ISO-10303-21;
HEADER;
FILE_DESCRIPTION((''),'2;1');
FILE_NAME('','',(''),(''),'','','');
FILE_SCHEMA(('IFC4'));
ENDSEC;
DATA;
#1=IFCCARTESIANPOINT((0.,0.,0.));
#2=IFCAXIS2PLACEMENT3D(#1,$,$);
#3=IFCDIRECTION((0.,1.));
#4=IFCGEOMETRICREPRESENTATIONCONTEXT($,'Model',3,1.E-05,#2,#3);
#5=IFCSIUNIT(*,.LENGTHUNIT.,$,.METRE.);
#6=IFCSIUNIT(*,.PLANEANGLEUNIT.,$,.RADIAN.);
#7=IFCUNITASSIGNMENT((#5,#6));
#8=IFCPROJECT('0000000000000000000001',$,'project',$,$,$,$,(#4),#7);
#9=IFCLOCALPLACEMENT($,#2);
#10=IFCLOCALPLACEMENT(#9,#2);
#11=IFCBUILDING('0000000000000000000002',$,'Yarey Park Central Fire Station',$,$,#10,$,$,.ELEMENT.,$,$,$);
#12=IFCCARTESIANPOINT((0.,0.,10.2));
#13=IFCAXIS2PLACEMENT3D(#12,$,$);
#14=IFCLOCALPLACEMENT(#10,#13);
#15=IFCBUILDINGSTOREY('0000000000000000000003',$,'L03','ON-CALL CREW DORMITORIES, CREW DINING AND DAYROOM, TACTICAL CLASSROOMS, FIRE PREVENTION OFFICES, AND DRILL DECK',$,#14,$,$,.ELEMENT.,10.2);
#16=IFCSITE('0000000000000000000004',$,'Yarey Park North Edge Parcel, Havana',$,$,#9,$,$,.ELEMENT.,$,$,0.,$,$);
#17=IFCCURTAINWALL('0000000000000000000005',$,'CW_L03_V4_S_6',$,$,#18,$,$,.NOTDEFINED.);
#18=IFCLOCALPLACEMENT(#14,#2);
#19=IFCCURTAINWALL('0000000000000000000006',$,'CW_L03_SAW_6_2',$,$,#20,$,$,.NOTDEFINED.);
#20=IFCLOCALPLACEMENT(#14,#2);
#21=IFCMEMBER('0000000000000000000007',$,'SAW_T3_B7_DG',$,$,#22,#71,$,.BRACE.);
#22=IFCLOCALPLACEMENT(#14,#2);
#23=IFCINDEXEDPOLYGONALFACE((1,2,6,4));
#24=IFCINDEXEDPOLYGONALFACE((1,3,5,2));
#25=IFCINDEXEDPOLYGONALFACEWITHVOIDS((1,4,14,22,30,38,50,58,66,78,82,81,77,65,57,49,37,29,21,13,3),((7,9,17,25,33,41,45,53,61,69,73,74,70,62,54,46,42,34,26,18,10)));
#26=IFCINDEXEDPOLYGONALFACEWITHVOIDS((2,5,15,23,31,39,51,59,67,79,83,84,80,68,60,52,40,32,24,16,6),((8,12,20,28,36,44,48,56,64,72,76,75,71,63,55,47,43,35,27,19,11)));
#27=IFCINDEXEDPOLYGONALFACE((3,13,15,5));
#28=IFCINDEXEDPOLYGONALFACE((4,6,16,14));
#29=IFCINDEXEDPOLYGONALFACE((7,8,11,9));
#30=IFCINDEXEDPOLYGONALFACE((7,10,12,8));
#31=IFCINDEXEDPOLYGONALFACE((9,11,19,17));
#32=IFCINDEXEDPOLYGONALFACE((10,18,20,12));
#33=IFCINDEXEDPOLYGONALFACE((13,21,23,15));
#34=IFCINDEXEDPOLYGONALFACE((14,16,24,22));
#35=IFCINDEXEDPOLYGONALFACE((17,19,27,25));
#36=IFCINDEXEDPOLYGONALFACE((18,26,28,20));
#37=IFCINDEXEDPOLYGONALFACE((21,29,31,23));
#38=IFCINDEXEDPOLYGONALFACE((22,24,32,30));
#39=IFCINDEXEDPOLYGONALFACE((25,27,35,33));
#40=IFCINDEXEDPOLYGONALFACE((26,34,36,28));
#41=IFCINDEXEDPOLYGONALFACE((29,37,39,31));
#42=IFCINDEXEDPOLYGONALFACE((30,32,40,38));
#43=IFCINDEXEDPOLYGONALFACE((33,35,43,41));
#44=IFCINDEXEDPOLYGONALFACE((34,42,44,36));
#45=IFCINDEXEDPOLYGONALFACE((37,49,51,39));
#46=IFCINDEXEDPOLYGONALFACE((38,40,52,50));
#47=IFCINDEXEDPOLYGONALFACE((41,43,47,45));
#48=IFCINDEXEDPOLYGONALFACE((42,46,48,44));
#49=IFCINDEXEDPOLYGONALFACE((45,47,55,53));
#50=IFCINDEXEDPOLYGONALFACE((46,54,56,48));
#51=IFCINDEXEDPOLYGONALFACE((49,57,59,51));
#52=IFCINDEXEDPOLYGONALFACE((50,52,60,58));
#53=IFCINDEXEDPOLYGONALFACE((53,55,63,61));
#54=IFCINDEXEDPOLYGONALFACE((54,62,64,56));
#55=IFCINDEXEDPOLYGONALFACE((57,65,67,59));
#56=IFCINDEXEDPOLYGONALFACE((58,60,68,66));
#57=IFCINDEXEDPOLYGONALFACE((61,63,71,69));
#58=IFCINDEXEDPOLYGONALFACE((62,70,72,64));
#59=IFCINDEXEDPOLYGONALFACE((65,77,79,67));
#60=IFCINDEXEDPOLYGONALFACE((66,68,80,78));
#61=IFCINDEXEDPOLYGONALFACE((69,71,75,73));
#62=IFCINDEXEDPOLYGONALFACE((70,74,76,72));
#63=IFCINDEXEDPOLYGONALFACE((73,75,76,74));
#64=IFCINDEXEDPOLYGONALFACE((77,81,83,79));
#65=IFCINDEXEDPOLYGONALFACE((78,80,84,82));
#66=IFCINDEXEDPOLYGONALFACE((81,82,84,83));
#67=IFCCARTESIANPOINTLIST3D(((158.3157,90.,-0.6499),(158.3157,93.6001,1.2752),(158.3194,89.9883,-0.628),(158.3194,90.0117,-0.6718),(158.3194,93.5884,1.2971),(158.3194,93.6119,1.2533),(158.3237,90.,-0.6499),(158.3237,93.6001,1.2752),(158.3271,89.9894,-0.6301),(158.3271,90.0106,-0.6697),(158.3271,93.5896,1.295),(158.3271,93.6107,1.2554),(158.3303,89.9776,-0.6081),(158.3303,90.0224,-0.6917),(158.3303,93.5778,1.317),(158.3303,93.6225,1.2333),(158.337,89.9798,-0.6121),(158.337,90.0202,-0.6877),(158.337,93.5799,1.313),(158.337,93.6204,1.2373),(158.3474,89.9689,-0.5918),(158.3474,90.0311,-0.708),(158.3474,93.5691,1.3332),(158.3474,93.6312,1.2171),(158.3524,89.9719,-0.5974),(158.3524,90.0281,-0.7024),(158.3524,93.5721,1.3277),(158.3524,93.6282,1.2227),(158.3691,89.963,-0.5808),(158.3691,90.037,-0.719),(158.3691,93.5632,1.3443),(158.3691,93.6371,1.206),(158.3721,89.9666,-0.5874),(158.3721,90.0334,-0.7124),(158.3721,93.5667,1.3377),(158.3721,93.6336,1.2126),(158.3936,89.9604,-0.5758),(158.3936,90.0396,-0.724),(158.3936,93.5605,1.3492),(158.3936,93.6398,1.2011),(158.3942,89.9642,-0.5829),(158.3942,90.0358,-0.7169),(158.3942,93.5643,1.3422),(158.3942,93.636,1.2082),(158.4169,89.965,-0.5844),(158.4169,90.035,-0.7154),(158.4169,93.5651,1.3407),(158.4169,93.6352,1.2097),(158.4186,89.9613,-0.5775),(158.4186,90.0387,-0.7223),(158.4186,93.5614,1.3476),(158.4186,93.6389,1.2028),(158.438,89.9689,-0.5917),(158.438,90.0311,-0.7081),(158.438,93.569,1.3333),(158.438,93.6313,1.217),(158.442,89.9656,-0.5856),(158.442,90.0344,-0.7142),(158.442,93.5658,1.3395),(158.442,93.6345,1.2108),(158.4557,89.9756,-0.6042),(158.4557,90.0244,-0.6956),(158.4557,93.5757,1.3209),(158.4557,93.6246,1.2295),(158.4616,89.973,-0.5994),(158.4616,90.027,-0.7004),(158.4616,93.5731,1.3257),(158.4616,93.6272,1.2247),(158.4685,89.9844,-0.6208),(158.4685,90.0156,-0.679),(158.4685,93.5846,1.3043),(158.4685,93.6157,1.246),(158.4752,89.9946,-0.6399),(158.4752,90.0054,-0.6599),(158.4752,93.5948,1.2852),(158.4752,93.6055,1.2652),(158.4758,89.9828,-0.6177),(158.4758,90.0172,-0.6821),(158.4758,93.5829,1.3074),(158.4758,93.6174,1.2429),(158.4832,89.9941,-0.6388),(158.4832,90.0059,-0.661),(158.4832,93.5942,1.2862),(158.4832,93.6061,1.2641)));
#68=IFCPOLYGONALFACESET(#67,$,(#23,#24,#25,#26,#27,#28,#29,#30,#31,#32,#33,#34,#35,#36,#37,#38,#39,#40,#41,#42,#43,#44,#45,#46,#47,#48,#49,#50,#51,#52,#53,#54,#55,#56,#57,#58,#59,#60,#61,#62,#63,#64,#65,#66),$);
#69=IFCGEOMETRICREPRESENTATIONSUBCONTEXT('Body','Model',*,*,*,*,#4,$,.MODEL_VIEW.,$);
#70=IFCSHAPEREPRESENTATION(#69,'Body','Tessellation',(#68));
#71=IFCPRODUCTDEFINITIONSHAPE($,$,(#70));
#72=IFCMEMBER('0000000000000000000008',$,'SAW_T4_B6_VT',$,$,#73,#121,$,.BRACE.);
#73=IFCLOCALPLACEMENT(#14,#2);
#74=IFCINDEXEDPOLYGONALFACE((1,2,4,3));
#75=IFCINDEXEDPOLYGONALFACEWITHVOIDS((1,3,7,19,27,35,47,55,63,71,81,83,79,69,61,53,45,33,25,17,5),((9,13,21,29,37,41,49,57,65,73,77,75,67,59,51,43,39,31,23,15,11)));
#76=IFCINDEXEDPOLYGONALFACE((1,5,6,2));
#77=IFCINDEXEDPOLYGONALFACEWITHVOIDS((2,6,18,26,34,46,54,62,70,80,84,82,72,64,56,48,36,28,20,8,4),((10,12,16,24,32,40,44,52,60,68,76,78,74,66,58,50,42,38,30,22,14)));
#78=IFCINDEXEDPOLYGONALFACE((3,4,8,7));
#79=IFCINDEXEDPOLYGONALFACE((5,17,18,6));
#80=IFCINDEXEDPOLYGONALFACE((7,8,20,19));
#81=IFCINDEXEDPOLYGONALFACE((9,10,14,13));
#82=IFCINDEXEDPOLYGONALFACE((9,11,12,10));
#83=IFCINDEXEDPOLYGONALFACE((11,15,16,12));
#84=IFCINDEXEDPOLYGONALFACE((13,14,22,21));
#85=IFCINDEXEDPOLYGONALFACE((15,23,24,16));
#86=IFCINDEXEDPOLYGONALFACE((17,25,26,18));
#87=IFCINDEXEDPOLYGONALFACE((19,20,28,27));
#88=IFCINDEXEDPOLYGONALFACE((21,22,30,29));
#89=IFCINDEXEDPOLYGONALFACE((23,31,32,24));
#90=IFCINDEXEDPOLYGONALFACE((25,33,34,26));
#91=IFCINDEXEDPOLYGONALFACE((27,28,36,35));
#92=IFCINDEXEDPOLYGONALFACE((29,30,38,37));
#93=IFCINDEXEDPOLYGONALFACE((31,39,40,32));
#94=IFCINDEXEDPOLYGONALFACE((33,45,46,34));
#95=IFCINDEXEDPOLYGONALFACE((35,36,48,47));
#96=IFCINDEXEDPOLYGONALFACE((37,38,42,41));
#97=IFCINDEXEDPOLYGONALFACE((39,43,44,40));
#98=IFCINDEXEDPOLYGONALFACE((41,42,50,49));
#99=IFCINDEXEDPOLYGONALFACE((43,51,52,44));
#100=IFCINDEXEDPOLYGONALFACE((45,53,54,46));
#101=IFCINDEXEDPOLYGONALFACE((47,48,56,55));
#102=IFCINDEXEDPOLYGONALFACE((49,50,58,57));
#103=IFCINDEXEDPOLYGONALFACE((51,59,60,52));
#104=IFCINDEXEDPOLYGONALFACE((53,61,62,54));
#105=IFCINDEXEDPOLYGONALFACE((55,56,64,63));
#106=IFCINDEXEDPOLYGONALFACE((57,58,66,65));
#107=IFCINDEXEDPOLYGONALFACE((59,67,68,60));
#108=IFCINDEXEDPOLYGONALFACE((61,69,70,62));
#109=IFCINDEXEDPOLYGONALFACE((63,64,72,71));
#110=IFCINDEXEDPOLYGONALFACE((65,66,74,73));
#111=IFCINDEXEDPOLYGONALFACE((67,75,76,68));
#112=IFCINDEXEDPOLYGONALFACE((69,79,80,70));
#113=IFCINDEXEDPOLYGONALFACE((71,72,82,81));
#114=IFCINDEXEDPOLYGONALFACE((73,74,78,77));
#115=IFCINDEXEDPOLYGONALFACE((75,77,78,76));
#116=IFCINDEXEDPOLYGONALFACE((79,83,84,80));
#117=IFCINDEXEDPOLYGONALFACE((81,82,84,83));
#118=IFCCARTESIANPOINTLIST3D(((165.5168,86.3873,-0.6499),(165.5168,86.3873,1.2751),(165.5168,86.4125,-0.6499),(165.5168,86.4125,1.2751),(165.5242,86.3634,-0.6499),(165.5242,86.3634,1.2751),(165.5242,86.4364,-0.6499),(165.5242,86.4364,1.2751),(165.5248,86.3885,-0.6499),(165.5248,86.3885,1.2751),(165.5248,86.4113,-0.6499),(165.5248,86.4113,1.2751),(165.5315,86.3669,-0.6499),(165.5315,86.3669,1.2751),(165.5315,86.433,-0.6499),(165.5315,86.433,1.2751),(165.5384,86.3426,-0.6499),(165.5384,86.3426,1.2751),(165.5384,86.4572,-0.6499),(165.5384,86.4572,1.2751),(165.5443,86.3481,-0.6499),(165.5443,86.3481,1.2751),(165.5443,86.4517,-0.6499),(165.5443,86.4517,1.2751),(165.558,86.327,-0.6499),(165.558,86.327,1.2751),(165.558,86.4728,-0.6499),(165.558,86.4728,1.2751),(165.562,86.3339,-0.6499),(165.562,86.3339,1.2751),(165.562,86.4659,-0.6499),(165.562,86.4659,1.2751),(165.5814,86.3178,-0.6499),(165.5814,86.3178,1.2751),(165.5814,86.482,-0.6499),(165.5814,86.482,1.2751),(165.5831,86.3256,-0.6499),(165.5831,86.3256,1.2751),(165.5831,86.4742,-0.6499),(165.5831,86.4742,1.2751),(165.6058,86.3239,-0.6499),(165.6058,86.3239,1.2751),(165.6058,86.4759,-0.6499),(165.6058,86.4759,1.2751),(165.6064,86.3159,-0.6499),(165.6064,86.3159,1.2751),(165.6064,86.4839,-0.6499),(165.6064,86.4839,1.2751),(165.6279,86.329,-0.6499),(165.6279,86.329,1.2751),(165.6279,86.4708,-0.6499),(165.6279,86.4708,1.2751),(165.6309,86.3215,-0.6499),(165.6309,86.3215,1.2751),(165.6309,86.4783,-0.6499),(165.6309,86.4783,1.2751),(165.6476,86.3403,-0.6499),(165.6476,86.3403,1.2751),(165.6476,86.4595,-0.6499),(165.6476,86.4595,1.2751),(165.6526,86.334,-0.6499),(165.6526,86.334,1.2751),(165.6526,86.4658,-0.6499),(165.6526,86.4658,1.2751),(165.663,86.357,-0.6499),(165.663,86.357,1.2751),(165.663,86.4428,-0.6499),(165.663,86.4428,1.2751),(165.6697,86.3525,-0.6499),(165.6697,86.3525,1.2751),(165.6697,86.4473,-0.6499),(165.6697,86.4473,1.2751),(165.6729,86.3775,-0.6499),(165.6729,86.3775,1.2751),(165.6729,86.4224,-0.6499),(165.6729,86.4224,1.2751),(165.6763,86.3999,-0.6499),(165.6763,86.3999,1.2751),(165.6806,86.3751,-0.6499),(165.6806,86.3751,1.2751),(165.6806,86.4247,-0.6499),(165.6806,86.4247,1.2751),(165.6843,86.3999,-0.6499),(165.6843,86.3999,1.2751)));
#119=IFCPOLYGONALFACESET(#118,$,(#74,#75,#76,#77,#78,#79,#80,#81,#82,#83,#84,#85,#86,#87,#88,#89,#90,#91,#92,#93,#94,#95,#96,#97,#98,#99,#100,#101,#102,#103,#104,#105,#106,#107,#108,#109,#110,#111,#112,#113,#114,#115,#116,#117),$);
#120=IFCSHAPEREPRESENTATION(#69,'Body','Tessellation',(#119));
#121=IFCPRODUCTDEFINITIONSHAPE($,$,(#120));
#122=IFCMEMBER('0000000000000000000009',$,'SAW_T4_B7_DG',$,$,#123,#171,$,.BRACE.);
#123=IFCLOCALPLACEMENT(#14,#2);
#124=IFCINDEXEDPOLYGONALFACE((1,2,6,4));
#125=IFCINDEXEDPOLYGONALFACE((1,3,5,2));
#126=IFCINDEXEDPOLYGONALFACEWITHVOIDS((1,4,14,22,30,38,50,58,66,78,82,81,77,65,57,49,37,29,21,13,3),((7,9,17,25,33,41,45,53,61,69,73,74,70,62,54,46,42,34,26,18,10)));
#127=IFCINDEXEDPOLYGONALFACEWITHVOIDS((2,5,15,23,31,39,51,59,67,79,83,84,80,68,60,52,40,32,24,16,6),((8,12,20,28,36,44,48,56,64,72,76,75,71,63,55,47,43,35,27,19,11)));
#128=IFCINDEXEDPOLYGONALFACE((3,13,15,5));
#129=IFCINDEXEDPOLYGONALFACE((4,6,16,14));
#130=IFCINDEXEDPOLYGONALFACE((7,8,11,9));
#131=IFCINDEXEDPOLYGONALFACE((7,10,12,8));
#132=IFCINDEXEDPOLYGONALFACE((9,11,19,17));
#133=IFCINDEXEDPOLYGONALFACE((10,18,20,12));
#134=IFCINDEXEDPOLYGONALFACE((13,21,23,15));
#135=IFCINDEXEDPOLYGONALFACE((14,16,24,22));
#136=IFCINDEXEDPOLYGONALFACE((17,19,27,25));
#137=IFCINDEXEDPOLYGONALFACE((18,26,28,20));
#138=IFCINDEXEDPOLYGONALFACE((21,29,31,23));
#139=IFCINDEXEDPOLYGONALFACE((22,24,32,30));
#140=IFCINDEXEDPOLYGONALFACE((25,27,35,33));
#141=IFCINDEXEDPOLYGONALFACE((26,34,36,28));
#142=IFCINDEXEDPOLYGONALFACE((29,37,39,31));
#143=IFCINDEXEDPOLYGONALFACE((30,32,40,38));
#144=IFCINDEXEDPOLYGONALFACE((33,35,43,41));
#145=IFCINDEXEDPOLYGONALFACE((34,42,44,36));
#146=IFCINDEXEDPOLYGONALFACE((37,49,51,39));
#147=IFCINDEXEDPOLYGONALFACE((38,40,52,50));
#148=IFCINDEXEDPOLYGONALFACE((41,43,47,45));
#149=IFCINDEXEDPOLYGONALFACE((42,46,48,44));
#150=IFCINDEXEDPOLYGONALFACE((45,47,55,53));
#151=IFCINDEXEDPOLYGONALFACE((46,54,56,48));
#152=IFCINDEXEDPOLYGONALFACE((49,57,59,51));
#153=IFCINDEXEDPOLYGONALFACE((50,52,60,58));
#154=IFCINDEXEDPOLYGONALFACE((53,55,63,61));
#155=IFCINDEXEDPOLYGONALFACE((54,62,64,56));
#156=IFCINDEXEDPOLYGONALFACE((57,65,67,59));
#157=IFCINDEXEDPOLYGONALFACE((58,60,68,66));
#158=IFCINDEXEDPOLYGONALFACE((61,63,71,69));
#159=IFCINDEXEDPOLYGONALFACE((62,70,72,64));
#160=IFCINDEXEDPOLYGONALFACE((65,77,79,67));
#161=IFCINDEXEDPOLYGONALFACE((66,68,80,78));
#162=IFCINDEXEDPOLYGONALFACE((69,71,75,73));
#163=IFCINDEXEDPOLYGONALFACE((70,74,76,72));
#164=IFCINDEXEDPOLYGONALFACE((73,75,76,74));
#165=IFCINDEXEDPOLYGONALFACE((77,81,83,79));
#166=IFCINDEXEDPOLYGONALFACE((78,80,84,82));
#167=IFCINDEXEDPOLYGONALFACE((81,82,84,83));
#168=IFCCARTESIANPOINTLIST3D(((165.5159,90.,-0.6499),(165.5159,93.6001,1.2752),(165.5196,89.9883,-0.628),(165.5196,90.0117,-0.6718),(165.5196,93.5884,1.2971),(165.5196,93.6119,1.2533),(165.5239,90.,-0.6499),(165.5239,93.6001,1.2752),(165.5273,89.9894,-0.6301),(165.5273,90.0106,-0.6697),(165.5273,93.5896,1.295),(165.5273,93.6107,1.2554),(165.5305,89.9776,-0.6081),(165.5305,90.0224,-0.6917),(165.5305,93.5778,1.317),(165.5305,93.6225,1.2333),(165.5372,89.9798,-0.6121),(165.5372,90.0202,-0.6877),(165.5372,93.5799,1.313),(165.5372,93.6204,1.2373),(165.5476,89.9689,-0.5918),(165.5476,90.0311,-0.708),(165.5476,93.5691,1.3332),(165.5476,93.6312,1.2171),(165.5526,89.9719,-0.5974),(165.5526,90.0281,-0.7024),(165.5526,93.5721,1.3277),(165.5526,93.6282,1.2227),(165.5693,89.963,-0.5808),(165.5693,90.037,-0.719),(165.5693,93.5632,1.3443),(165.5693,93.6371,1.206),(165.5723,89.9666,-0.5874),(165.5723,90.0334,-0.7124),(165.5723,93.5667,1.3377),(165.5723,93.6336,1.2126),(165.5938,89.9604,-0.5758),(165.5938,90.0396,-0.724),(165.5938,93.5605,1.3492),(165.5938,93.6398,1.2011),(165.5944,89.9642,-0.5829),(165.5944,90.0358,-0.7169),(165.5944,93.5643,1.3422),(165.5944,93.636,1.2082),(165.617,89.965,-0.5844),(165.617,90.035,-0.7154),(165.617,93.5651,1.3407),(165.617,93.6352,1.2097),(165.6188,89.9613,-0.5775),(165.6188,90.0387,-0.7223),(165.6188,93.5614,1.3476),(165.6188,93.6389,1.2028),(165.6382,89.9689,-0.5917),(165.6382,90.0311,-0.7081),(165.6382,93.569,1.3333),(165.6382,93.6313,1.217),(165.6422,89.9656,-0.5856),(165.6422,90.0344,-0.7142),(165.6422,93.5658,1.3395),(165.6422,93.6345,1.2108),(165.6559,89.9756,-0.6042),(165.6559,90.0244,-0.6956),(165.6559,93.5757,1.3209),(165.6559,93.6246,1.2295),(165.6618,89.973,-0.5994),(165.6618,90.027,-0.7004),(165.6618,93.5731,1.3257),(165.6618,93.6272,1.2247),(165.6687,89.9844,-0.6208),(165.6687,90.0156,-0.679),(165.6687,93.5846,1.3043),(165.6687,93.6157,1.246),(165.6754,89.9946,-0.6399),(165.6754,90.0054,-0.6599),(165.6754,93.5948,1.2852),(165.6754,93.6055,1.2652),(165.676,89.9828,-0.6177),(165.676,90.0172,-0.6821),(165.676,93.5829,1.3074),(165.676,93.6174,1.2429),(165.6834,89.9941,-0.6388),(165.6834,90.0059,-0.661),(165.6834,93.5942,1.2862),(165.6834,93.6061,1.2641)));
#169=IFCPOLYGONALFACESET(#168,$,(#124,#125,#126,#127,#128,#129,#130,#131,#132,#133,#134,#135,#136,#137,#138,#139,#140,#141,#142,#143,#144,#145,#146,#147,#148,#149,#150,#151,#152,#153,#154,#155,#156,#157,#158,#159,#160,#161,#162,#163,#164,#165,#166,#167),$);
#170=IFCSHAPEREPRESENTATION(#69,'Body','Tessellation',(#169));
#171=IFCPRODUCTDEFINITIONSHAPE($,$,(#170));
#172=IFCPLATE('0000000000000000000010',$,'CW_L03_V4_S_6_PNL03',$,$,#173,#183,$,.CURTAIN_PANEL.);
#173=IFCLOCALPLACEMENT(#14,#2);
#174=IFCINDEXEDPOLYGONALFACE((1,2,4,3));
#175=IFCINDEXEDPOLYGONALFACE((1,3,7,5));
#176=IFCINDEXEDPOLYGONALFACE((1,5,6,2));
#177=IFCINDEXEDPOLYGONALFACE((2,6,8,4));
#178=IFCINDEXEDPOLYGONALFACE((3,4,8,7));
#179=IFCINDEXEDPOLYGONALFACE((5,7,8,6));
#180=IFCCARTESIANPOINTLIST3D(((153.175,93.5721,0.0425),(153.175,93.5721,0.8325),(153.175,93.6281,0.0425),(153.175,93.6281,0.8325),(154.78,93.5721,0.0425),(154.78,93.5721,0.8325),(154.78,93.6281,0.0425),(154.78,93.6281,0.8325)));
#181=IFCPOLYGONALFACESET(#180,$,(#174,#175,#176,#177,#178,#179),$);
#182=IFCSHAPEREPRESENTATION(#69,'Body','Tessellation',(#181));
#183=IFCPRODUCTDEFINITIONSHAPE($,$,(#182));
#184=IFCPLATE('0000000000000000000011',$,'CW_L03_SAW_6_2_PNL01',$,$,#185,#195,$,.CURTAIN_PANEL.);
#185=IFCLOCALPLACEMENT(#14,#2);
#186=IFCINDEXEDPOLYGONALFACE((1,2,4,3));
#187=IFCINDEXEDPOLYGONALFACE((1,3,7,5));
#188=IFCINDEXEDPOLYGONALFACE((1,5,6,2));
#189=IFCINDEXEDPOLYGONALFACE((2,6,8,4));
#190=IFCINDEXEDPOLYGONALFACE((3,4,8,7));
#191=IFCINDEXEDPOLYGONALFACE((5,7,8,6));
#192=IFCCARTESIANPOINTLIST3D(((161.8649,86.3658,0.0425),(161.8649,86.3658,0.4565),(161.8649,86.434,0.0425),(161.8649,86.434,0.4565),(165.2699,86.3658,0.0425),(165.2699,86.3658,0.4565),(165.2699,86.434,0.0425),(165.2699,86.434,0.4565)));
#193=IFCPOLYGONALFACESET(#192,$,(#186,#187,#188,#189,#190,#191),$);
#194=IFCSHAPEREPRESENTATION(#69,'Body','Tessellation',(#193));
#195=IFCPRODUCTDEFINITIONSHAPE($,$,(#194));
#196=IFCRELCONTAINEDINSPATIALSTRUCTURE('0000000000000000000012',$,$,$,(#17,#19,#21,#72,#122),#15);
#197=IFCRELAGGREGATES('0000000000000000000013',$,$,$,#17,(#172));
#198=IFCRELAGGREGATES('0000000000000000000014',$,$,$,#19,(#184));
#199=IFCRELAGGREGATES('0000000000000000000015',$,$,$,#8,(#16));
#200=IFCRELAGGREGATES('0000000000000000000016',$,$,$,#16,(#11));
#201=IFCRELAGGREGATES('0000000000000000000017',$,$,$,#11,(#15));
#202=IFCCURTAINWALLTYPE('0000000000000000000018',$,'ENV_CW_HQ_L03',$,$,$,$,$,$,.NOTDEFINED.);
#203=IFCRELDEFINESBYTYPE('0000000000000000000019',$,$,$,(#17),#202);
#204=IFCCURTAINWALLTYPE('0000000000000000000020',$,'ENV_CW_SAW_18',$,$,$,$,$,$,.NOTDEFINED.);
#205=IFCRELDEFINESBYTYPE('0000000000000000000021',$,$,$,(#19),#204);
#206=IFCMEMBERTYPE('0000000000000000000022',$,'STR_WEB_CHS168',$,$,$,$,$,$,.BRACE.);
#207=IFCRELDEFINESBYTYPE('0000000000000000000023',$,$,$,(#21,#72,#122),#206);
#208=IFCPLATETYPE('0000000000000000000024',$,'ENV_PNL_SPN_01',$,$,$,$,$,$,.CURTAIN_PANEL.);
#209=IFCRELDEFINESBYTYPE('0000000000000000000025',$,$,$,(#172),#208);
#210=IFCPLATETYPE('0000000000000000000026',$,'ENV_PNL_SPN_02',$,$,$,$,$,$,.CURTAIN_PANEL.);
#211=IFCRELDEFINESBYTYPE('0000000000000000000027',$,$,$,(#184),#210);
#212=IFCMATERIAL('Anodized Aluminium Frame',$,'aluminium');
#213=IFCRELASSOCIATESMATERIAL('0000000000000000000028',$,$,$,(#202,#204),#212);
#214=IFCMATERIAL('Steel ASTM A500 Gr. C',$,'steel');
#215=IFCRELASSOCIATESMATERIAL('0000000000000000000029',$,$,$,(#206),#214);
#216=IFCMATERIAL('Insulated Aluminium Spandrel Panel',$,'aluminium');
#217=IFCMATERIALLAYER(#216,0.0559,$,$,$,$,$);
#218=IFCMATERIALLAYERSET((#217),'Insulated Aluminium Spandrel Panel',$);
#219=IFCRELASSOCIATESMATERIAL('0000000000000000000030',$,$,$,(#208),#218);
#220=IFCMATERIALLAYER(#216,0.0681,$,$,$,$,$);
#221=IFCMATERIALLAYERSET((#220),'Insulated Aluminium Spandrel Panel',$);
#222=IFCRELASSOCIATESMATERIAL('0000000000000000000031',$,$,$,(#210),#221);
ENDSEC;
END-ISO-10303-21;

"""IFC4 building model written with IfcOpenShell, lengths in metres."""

from ifc_helpers import new_model, si_unit, direction, frame, origin, origin_2d, place, context, subcontext, project, spatial, rectangle, hollow_circle, extrude, material, layer, layer_set, material_profile, profile_set, type_object, element, aggregate, save


model = new_model("IFC4")

# Units and contexts
model_context = context("Model", 3, precision=1e-05, world=origin(), true_north=direction((0.0, 1.0)))
body_context = subcontext(model_context, "Body", "Model", "MODEL_VIEW")
ifc_project = project(units=[si_unit("LENGTHUNIT", "METRE"), si_unit("PLANEANGLEUNIT", "RADIAN")], contexts=[model_context])

# Site, building, storey
site_placement = place(None, origin())
site = spatial("IfcSite", under=ifc_project, at=site_placement, Name="Yarey Park North Edge Parcel, Havana", CompositionType="ELEMENT", RefElevation=0.0)
building_placement = place(site_placement, origin())
building = spatial("IfcBuilding", under=site, at=building_placement, Name="Yarey Park Central Fire Station", CompositionType="ELEMENT")
storey_placement = place(building_placement, frame((0.0, 0.0, 10.2)))
storey = spatial("IfcBuildingStorey", under=building, at=storey_placement, Name="L03", Description="ON-CALL CREW DORMITORIES, CREW DINING AND DAYROOM, TACTICAL CLASSROOMS, FIRE PREVENTION OFFICES, AND DRILL DECK", CompositionType="ELEMENT", Elevation=10.2)

# Curtain wall
ifc_material_1 = material(Name="Anodized Aluminium Frame", Category="aluminium")
curtain_wall_type_1 = type_object("IfcCurtainWallType", Name="ENV_CW_HQ_L03", PredefinedType="NOTDEFINED", material=ifc_material_1)
curtain_wall_1_placement = place(storey_placement, origin())
curtain_wall_1 = element("IfcCurtainWall", 1, at=curtain_wall_1_placement, inside=storey, type_object=curtain_wall_type_1, Name="CW_L03_V4_S_6", PredefinedType="NOTDEFINED")

# Curtain wall
curtain_wall_type_2 = type_object("IfcCurtainWallType", Name="ENV_CW_SAW_18", PredefinedType="NOTDEFINED", material=ifc_material_1)
curtain_wall_2_placement = place(storey_placement, origin())
curtain_wall_2 = element("IfcCurtainWall", 2, at=curtain_wall_2_placement, inside=storey, type_object=curtain_wall_type_2, Name="CW_L03_SAW_6_2", PredefinedType="NOTDEFINED")

# Shared definitions
ifc_material_2 = material(Name="Steel ASTM A500 Gr. C", Category="steel")

# Members
ifc_material_profile_1 = material_profile(ifc_material_2, hollow_circle(Radius=0.0842, WallThickness=0.0081, at=origin_2d()), Name="CHS 168.3x8")
ifc_profile_set_1 = profile_set([ifc_material_profile_1], Name="Steel ASTM A500 Gr. C")
member_type_1 = type_object("IfcMemberType", Name="STR_WEB_CHS168", PredefinedType="BRACE", material=ifc_profile_set_1)
member_1_placement = place(storey_placement, frame((158.3999, 90.0, -0.6499), z_axis=(0.0, 0.881844, 0.471541), x_axis=(-1.0, 0.0, 0.0)))
element("IfcMember", 3, at=member_1_placement, inside=storey, type_object=member_type_1, Name="SAW_T3_B7_DG", PredefinedType="BRACE", context=body_context, shape_type="SweptSolid", body=[
    extrude(hollow_circle(Radius=0.0842, WallThickness=0.0081, at=origin_2d()), origin(), (0.0, 0.0, 1.0), 4.0825),
])
member_2_placement = place(storey_placement, frame((165.6001, 86.3999, -0.6499), z_axis=(0.0, 0.0, 1.0), x_axis=(1.0, 0.0, 0.0)))
element("IfcMember", 4, at=member_2_placement, inside=storey, type_object=member_type_1, Name="SAW_T4_B6_VT", PredefinedType="BRACE", context=body_context, shape_type="SweptSolid", body=[
    extrude(hollow_circle(Radius=0.0842, WallThickness=0.0081, at=origin_2d()), origin(), (0.0, 0.0, 1.0), 1.925),
])
member_3_placement = place(storey_placement, frame((165.6001, 90.0, -0.6499), z_axis=(0.0, 0.881844, 0.471541), x_axis=(-1.0, 0.0, 0.0)))
element("IfcMember", 5, at=member_3_placement, inside=storey, type_object=member_type_1, Name="SAW_T4_B7_DG", PredefinedType="BRACE", context=body_context, shape_type="SweptSolid", body=[
    extrude(hollow_circle(Radius=0.0842, WallThickness=0.0081, at=origin_2d()), origin(), (0.0, 0.0, 1.0), 4.0825),
])

# Plates
ifc_material_3 = material(Name="Insulated Aluminium Spandrel Panel", Category="aluminium")
ifc_layer_1 = layer(ifc_material_3, 0.0559)
ifc_layer_set_1 = layer_set([ifc_layer_1], Name="Insulated Aluminium Spandrel Panel")
plate_type_1 = type_object("IfcPlateType", Name="ENV_PNL_SPN_01", PredefinedType="CURTAIN_PANEL", material=ifc_layer_set_1)
plate_1_placement = place(storey_placement, frame((153.9775, 93.6001, 0.0425), z_axis=(0.0, 0.0, 1.0), x_axis=(1.0, 0.0, 0.0)))
plate_1 = element("IfcPlate", 6, at=plate_1_placement, type_object=plate_type_1, Name="CW_L03_V4_S_6_PNL03", PredefinedType="CURTAIN_PANEL", context=body_context, shape_type="SweptSolid", body=[
    extrude(rectangle(XDim=1.605, YDim=0.0559, at=origin_2d()), origin(), (0.0, 0.0, 1.0), 0.79),
])
aggregate(curtain_wall_1, [plate_1])
ifc_layer_2 = layer(ifc_material_3, 0.0681)
ifc_layer_set_2 = layer_set([ifc_layer_2], Name="Insulated Aluminium Spandrel Panel")
plate_type_2 = type_object("IfcPlateType", Name="ENV_PNL_SPN_02", PredefinedType="CURTAIN_PANEL", material=ifc_layer_set_2)
plate_2_placement = place(storey_placement, frame((163.5674, 86.3999, 0.0425), z_axis=(0.0, 0.0, 1.0), x_axis=(-1.0, 0.0, 0.0)))
plate_2 = element("IfcPlate", 7, at=plate_2_placement, type_object=plate_type_2, Name="CW_L03_SAW_6_2_PNL01", PredefinedType="CURTAIN_PANEL", context=body_context, shape_type="SweptSolid", body=[
    extrude(rectangle(XDim=3.405, YDim=0.0681, at=origin_2d()), origin(), (0.0, 0.0, 1.0), 0.4141),
])
aggregate(curtain_wall_2, [plate_2])

save(model, "model.ifc")
